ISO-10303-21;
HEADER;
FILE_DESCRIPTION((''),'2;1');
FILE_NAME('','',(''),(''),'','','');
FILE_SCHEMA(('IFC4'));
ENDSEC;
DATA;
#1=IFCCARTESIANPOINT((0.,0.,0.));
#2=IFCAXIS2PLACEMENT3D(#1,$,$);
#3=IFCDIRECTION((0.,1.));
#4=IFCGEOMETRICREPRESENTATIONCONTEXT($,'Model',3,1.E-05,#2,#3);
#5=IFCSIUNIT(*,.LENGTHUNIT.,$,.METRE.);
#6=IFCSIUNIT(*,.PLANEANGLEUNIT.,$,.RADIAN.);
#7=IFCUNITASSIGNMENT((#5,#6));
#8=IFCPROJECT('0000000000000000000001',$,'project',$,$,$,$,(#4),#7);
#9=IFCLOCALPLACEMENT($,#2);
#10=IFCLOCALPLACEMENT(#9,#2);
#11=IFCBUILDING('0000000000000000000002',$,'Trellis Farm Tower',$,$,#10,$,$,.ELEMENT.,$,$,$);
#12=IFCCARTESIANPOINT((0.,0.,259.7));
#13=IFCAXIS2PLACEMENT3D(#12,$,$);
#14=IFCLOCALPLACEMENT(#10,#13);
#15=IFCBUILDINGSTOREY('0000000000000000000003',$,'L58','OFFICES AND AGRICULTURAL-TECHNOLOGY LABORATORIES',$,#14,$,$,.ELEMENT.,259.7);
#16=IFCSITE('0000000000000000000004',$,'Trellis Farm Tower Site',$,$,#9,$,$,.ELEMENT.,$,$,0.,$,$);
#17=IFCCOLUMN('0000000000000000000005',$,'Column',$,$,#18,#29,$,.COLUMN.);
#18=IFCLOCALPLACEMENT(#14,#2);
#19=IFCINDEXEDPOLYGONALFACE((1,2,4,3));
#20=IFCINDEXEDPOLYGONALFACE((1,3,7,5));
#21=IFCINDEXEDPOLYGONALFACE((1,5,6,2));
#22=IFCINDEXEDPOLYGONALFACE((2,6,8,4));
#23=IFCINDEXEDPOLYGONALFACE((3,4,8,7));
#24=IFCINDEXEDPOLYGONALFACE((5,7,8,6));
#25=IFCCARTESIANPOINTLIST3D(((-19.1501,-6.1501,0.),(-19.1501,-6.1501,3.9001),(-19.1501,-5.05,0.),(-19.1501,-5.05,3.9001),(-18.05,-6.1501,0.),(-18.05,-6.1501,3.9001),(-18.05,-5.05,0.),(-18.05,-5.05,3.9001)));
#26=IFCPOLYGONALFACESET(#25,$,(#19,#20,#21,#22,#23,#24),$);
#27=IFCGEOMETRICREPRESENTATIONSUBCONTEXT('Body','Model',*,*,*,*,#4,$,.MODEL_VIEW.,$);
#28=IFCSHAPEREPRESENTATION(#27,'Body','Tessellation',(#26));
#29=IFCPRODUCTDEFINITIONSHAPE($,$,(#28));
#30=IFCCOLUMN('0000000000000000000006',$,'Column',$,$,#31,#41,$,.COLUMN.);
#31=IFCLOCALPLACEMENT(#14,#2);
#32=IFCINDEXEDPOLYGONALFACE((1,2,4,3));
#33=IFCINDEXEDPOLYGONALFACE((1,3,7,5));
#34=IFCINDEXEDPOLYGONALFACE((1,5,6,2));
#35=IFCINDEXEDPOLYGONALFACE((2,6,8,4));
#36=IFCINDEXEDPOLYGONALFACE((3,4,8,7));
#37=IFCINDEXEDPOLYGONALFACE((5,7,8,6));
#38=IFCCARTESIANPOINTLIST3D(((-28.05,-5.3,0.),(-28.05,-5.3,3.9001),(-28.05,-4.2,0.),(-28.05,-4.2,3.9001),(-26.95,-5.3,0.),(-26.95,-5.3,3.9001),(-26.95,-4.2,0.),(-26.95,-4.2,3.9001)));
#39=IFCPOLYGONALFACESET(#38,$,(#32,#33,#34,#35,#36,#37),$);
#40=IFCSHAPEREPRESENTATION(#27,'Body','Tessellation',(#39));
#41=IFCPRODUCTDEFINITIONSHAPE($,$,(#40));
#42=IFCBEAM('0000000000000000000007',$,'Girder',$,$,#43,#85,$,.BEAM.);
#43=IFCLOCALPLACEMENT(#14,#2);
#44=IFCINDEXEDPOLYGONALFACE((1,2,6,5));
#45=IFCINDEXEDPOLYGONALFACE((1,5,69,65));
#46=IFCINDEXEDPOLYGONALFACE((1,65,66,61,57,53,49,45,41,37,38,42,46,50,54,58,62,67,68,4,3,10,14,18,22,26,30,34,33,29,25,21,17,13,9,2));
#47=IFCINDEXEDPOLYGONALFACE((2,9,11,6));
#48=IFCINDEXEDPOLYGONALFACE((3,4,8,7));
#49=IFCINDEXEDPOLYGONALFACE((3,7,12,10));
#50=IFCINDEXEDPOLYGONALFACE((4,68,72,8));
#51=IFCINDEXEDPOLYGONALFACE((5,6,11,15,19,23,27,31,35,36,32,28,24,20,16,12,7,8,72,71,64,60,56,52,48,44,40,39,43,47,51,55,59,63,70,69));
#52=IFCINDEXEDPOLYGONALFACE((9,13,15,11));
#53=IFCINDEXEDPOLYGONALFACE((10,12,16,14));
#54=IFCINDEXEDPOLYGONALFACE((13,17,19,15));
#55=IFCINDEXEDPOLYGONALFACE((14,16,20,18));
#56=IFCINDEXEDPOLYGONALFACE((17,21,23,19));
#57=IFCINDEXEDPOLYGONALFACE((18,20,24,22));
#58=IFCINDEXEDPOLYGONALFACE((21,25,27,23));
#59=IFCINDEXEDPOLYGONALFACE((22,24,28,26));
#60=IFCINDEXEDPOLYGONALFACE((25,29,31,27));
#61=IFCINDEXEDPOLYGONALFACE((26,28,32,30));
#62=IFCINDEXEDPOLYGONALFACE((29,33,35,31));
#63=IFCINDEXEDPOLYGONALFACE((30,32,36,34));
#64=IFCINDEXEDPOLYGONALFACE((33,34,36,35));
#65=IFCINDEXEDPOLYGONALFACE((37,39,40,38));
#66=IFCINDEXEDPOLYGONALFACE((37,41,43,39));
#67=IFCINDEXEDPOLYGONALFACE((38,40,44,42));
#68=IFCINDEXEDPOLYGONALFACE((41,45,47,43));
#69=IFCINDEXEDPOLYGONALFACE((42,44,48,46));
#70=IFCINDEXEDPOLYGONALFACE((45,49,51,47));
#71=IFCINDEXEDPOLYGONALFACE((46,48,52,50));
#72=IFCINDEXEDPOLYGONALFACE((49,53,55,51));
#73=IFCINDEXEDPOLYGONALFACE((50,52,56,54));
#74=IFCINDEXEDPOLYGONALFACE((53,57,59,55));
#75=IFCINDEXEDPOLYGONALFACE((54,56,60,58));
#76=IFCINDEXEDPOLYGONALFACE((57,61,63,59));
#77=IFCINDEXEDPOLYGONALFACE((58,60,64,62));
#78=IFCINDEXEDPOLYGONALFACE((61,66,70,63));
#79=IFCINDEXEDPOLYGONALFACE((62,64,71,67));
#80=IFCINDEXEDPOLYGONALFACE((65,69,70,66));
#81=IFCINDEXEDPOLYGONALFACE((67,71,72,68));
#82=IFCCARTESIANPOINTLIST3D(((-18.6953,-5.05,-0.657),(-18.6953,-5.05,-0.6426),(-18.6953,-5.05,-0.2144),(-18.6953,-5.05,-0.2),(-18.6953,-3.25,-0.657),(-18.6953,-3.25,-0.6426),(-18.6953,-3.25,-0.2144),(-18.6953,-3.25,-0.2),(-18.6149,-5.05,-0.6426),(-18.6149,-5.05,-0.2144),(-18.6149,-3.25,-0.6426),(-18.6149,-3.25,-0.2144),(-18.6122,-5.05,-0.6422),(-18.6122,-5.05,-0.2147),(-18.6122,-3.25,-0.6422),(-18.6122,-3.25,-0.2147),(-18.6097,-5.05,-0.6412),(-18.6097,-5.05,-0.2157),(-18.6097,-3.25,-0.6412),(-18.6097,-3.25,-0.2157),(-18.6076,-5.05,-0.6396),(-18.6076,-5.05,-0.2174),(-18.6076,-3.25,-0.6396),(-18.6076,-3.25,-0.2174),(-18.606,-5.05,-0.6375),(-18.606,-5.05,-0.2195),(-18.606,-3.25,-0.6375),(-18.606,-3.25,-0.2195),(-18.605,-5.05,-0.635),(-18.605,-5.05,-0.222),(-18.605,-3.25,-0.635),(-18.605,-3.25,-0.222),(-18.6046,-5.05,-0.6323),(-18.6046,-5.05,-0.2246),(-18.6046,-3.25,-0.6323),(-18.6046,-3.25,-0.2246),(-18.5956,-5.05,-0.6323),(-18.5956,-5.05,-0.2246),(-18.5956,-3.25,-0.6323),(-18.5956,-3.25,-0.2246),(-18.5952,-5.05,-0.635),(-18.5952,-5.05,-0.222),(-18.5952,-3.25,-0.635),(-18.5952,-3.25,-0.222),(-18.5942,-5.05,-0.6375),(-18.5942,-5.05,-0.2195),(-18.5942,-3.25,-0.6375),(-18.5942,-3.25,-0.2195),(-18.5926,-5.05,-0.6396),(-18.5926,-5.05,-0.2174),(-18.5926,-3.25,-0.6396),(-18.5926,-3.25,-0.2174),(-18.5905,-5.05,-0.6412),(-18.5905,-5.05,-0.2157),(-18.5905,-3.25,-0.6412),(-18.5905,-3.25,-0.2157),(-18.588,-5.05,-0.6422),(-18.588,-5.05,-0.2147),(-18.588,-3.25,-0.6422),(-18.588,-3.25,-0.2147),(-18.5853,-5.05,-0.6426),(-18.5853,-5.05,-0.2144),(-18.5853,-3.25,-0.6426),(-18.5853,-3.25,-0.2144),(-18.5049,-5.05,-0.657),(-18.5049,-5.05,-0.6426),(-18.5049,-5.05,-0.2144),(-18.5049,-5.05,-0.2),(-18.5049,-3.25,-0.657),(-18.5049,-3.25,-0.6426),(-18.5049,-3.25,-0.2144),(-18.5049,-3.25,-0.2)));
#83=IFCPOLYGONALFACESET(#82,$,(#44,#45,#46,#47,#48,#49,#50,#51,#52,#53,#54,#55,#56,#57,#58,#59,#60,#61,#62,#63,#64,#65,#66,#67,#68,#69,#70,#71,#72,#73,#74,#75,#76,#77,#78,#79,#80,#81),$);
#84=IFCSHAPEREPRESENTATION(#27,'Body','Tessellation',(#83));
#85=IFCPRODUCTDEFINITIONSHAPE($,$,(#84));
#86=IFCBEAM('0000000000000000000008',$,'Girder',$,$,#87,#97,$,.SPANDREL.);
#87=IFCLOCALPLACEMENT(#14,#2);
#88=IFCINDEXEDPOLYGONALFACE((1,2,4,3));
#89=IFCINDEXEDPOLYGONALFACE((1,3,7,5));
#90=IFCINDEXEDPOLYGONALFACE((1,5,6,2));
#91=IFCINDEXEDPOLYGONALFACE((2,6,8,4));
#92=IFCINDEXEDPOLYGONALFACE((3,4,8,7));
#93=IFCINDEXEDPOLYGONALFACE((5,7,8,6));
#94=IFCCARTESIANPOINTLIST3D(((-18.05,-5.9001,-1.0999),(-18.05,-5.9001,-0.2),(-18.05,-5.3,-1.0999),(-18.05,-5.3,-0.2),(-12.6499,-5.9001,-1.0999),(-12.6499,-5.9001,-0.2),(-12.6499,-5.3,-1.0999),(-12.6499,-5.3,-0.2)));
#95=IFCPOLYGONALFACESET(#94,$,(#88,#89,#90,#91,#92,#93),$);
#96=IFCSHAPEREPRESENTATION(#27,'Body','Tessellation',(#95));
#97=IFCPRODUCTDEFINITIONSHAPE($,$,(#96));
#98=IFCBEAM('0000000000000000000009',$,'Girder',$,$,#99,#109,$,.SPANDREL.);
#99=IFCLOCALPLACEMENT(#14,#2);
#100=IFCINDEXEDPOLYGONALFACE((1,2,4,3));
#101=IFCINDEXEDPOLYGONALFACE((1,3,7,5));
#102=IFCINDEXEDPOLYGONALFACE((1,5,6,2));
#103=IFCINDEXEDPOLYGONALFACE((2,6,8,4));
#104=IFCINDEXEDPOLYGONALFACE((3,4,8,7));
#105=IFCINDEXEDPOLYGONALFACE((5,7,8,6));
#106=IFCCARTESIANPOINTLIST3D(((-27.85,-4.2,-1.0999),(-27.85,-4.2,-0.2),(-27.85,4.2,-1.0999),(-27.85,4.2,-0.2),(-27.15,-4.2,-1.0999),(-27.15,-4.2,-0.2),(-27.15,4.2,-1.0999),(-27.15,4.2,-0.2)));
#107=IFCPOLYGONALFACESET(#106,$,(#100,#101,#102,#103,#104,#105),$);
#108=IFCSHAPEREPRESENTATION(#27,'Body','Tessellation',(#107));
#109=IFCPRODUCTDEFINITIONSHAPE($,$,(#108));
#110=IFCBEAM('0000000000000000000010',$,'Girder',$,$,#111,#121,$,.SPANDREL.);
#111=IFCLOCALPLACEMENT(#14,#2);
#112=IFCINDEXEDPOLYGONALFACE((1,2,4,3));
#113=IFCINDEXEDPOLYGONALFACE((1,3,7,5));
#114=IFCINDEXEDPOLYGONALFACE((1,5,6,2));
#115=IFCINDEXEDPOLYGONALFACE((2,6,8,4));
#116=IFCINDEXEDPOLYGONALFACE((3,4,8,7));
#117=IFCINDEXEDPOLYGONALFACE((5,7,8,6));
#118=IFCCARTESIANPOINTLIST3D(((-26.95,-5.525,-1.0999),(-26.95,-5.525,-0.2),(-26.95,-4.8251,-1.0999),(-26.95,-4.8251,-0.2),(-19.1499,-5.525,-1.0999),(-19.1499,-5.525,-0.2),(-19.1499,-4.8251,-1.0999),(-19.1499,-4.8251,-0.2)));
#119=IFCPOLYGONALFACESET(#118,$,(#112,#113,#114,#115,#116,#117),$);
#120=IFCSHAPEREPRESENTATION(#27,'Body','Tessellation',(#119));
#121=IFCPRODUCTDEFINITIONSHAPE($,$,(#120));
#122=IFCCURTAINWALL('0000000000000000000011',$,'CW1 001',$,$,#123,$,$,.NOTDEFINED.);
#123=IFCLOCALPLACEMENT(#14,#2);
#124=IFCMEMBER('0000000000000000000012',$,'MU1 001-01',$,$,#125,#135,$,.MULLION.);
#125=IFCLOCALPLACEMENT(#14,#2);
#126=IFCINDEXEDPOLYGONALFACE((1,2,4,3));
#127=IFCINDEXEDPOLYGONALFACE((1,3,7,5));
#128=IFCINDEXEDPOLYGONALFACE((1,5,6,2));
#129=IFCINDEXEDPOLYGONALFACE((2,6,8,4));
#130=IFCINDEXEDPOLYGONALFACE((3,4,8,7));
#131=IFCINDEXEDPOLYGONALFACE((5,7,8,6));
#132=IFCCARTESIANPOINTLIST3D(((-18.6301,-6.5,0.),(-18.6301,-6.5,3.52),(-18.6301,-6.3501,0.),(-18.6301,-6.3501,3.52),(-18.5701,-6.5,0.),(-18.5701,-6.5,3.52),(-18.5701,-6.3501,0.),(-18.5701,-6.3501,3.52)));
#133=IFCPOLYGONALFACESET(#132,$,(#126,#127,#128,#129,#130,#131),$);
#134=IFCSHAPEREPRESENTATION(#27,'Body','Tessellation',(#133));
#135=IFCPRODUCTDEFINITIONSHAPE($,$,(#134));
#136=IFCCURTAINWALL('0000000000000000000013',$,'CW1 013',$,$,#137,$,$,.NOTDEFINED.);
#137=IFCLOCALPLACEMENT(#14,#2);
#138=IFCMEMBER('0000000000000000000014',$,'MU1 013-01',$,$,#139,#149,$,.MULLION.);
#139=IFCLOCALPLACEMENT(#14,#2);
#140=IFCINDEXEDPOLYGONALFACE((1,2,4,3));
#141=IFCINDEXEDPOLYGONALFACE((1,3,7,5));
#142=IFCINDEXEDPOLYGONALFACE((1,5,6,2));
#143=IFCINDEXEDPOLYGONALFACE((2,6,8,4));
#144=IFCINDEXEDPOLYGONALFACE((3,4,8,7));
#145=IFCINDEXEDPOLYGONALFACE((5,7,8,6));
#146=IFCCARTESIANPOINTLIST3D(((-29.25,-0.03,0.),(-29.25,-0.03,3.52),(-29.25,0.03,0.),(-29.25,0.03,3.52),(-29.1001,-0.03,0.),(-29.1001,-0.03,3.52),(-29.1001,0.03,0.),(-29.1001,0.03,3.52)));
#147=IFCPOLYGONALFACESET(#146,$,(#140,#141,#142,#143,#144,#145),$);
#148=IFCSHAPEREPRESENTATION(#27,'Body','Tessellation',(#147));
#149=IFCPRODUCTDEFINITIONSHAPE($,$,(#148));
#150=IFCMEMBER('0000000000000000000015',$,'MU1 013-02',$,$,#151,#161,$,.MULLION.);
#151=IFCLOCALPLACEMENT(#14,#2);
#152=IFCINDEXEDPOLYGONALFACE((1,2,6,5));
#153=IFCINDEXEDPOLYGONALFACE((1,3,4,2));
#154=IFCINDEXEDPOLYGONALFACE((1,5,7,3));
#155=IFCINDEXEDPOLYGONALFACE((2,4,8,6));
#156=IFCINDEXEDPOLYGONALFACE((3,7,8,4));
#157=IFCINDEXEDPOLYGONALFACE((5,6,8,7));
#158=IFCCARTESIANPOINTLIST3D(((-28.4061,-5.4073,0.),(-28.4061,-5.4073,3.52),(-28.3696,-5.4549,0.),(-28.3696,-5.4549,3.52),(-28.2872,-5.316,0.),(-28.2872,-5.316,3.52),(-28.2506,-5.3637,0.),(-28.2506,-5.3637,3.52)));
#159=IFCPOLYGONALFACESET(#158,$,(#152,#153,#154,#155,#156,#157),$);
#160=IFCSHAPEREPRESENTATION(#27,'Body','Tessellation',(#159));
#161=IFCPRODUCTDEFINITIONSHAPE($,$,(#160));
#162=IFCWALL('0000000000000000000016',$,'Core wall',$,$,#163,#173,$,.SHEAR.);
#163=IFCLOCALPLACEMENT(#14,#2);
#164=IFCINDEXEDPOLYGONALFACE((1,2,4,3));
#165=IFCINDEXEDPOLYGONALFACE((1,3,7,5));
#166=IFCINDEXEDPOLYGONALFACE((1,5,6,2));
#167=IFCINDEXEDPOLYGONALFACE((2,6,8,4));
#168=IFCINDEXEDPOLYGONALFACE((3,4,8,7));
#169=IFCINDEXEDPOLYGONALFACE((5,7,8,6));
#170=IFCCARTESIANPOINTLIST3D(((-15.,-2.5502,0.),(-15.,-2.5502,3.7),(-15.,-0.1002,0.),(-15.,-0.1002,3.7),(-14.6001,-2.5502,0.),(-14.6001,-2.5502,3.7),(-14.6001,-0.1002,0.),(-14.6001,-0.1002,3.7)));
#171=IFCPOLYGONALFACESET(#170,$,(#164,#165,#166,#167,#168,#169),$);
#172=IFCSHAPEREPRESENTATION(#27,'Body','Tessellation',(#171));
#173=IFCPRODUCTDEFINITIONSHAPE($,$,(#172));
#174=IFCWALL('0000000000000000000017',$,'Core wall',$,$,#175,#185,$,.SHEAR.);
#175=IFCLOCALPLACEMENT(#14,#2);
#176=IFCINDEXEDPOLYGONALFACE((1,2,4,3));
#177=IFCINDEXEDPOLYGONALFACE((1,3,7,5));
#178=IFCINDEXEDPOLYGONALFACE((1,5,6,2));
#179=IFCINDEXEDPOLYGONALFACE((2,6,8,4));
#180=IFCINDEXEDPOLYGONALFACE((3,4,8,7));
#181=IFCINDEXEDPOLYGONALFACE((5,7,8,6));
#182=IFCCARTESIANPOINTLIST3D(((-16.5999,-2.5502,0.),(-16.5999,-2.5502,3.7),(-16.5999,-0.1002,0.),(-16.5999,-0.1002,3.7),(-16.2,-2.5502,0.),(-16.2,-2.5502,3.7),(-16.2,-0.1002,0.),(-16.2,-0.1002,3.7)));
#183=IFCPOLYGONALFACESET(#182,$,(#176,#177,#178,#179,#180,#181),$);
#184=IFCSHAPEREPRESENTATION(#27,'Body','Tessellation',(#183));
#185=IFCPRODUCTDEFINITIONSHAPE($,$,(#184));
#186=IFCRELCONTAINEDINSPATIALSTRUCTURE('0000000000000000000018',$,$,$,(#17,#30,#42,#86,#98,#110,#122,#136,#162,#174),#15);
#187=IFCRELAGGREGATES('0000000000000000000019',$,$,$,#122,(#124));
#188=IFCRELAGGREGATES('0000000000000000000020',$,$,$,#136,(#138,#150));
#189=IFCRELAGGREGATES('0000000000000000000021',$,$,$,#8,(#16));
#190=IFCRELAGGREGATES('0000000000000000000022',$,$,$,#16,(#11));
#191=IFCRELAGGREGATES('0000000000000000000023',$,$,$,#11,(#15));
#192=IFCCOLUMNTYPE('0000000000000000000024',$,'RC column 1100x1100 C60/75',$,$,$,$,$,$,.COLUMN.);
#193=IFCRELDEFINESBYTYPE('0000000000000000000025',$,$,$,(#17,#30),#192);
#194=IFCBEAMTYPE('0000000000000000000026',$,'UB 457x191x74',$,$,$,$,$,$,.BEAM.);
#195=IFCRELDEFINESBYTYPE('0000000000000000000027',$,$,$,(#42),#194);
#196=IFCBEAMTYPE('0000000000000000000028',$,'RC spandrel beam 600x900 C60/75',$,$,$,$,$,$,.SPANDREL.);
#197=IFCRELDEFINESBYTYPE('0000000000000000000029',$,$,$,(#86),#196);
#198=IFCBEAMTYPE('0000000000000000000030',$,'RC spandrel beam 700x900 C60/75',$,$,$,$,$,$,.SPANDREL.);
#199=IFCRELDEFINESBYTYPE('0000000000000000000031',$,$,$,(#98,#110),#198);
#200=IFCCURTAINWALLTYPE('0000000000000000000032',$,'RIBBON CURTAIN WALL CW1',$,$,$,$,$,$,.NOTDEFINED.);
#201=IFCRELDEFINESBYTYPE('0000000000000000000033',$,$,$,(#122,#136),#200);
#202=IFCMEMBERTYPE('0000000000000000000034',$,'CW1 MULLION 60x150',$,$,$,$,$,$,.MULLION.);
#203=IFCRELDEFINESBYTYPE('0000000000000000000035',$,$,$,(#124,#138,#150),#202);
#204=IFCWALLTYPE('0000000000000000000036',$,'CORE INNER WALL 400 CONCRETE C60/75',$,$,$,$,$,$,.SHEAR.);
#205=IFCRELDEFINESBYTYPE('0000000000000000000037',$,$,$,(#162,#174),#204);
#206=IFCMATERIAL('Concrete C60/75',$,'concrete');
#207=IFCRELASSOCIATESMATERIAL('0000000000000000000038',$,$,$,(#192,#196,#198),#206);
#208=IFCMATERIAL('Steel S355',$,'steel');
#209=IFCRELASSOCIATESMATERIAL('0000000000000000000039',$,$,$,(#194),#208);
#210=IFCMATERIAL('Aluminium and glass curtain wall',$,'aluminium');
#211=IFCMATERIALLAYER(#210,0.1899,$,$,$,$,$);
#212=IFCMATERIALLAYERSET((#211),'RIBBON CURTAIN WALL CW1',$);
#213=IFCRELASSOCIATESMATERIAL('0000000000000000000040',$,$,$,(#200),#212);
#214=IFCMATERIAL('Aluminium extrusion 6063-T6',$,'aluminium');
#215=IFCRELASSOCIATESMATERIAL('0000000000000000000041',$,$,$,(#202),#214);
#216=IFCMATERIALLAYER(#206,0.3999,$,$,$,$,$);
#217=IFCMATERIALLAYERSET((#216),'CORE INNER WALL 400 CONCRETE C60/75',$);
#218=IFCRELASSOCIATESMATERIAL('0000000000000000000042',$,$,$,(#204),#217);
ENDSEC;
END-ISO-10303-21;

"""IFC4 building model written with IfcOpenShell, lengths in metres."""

from ifc_helpers import new_model, si_unit, direction, frame, frame_2d, origin, origin_2d, place, context, subcontext, project, spatial, rectangle, i_section, extrude, source, transform, mapped, material, layer, layer_set, material_profile, profile_set, type_object, element, aggregate, save


model = new_model("IFC4")

# Units and contexts
model_context = context("Model", 3, precision=1e-05, world=origin(), true_north=direction((0.0, 1.0)))
body_context = subcontext(model_context, "Body", "Model", "MODEL_VIEW")
ifc_project = project(units=[si_unit("LENGTHUNIT", "METRE"), si_unit("PLANEANGLEUNIT", "RADIAN")], contexts=[model_context])

# Site, building, storey
site_placement = place(None, origin())
site = spatial("IfcSite", under=ifc_project, at=site_placement, Name="Trellis Farm Tower Site", CompositionType="ELEMENT", RefElevation=0.0)
building_placement = place(site_placement, origin())
building = spatial("IfcBuilding", under=site, at=building_placement, Name="Trellis Farm Tower", CompositionType="ELEMENT")
storey_placement = place(building_placement, frame((0.0, 0.0, 259.7)))
storey = spatial("IfcBuildingStorey", under=building, at=storey_placement, Name="L58", Description="OFFICES AND AGRICULTURAL-TECHNOLOGY LABORATORIES", CompositionType="ELEMENT", Elevation=259.7)

# Columns
ifc_material_1 = material(Name="Concrete C60/75", Category="concrete")
ifc_material_profile_1 = material_profile(ifc_material_1, rectangle(XDim=1.1001, YDim=1.1001, at=origin_2d()), Name="RC column 1100x1100 C60/75")
ifc_profile_set_1 = profile_set([ifc_material_profile_1], Name="Concrete C60/75")
column_type = type_object("IfcColumnType", Name="RC column 1100x1100 C60/75", PredefinedType="COLUMN", material=ifc_profile_set_1)
shared_shape_1 = source(origin(), body_context, "Body", "SweptSolid", [
    extrude(rectangle(XDim=1.1001, YDim=1.1001, at=origin_2d()), origin(), (0.0, 0.0, 1.0), 3.9001),
])
for number, where, z_axis, x_axis, name in (
    (1, (-18.6001, -5.6001, 0.0), (0.0, 0.0, 1.0), (1.0, 0.0, 0.0), "Column"),
    (2, (-27.5, -4.75, 0.0), (0.0, 0.0, 1.0), (1.0, 0.0, 0.0), "Column"),
):
    element("IfcColumn", number, at=place(storey_placement, frame(where, z_axis=z_axis, x_axis=x_axis)), inside=storey, type_object=column_type, Name=name, PredefinedType="COLUMN", context=body_context, shape_type="MappedRepresentation", body=[
        mapped(shared_shape_1, transform((0.0, 0.0, 0.0))),
    ])

# Beams
ifc_material_2 = material(Name="Steel S355", Category="steel")
ifc_material_profile_2 = material_profile(ifc_material_2, i_section(OverallWidth=0.1904, OverallDepth=0.457, WebThickness=0.009, FlangeThickness=0.0144, FilletRadius=0.0103, at=origin_2d()), Name="UB 457x191x74")
ifc_profile_set_2 = profile_set([ifc_material_profile_2], Name="Steel S355")
beam_type_1 = type_object("IfcBeamType", Name="UB 457x191x74", PredefinedType="BEAM", material=ifc_profile_set_2)
shared_shape_2 = source(origin(), body_context, "Body", "SweptSolid", [
    extrude(i_section(OverallWidth=0.1904, OverallDepth=0.457, WebThickness=0.009, FlangeThickness=0.0144, FilletRadius=0.0103, at=origin_2d()), origin(), (0.0, 0.0, 1.0), 1.8),
])
beam_1_placement = place(storey_placement, frame((-18.6001, -5.05, -0.4285), z_axis=(0.0, 1.0, 0.0), x_axis=(-1.0, 0.0, 0.0)))
element("IfcBeam", 3, at=beam_1_placement, inside=storey, type_object=beam_type_1, Name="Girder", PredefinedType="BEAM", context=body_context, shape_type="MappedRepresentation", body=[
    mapped(shared_shape_2, transform((0.0, 0.0, 0.0))),
])
ifc_material_profile_3 = material_profile(ifc_material_1, rectangle(XDim=0.6001, YDim=0.8999, at=origin_2d()), Name="RC spandrel beam 600x900 C60/75")
ifc_profile_set_3 = profile_set([ifc_material_profile_3], Name="Concrete C60/75")
beam_type_2 = type_object("IfcBeamType", Name="RC spandrel beam 600x900 C60/75", PredefinedType="SPANDREL", material=ifc_profile_set_3)
shared_shape_3 = source(origin(), body_context, "Body", "SweptSolid", [
    extrude(rectangle(XDim=0.6001, YDim=0.8999, at=origin_2d()), origin(), (0.0, 0.0, 1.0), 5.4001),
])
beam_2_placement = place(storey_placement, frame((-18.05, -5.6001, -0.6499), z_axis=(1.0, 0.0, 0.0), x_axis=(0.0, 1.0, 0.0)))
element("IfcBeam", 4, at=beam_2_placement, inside=storey, type_object=beam_type_2, Name="Girder", PredefinedType="SPANDREL", context=body_context, shape_type="MappedRepresentation", body=[
    mapped(shared_shape_3, transform((0.0, 0.0, 0.0))),
])
ifc_material_profile_4 = material_profile(ifc_material_1, rectangle(XDim=0.7, YDim=0.8999, at=origin_2d()), Name="RC spandrel beam 700x900 C60/75")
ifc_profile_set_4 = profile_set([ifc_material_profile_4], Name="Concrete C60/75")
beam_type_3 = type_object("IfcBeamType", Name="RC spandrel beam 700x900 C60/75", PredefinedType="SPANDREL", material=ifc_profile_set_4)
shared_shape_4 = source(origin(), body_context, "Body", "SweptSolid", [
    extrude(rectangle(XDim=0.7, YDim=0.8999, at=origin_2d()), origin(), (0.0, 0.0, 1.0), 8.3999),
])
beam_3_placement = place(storey_placement, frame((-27.5, -4.2, -0.6499), z_axis=(0.0, 1.0, 0.0), x_axis=(-1.0, 0.0, 0.0)))
element("IfcBeam", 5, at=beam_3_placement, inside=storey, type_object=beam_type_3, Name="Girder", PredefinedType="SPANDREL", context=body_context, shape_type="MappedRepresentation", body=[
    mapped(shared_shape_4, transform((0.0, 0.0, 0.0))),
])
shared_shape_5 = source(origin(), body_context, "Body", "SweptSolid", [
    extrude(rectangle(XDim=0.7, YDim=0.8999, at=origin_2d()), origin(), (0.0, 0.0, 1.0), 7.8),
])
beam_4_placement = place(storey_placement, frame((-26.95, -5.175, -0.6499), z_axis=(1.0, 0.0, 0.0), x_axis=(0.0, 1.0, 0.0)))
element("IfcBeam", 6, at=beam_4_placement, inside=storey, type_object=beam_type_3, Name="Girder", PredefinedType="SPANDREL", context=body_context, shape_type="MappedRepresentation", body=[
    mapped(shared_shape_5, transform((0.0, 0.0, 0.0))),
])

# Curtain wall, member
ifc_material_3 = material(Name="Aluminium and glass curtain wall", Category="aluminium")
ifc_layer_1 = layer(ifc_material_3, 0.1899)
ifc_layer_set_1 = layer_set([ifc_layer_1], Name="RIBBON CURTAIN WALL CW1")
curtain_wall_type = type_object("IfcCurtainWallType", Name="RIBBON CURTAIN WALL CW1", PredefinedType="NOTDEFINED", material=ifc_layer_set_1)
placement = place(storey_placement, origin())
curtain_wall_1 = element("IfcCurtainWall", 7, at=placement, inside=storey, type_object=curtain_wall_type, Name="CW1 001", PredefinedType="NOTDEFINED")
ifc_material_4 = material(Name="Aluminium extrusion 6063-T6", Category="aluminium")
ifc_material_profile_5 = material_profile(ifc_material_4, rectangle(XDim=0.0601, YDim=0.1499, at=origin_2d()), Name="MULLION 60x150")
ifc_profile_set_5 = profile_set([ifc_material_profile_5], Name="Aluminium extrusion 6063-T6")
member_type = type_object("IfcMemberType", Name="CW1 MULLION 60x150", PredefinedType="MULLION", material=ifc_profile_set_5)
shared_shape_6 = source(origin(), body_context, "Body", "SweptSolid", [
    extrude(rectangle(XDim=0.0601, YDim=0.1499, at=origin_2d()), origin(), (0.0, 0.0, 1.0), 3.52),
])
member_1_placement = place(storey_placement, frame((-18.6001, -6.425, 0.0), z_axis=(0.0, 0.0, 1.0), x_axis=(1.0, 0.0, 0.0)))
member_1 = element("IfcMember", 8, at=member_1_placement, type_object=member_type, Name="MU1 001-01", PredefinedType="MULLION", context=body_context, shape_type="MappedRepresentation", body=[
    mapped(shared_shape_6, transform((0.0, 0.0, 0.0))),
])
aggregate(curtain_wall_1, [member_1])

# Curtain wall, members
curtain_wall_2 = element("IfcCurtainWall", 9, at=placement, inside=storey, type_object=curtain_wall_type, Name="CW1 013", PredefinedType="NOTDEFINED")
member_2_placement = place(storey_placement, frame((-29.175, 0.0, 0.0), z_axis=(0.0, 0.0, 1.0), x_axis=(0.0, -1.0, 0.0)))
member_2 = element("IfcMember", 10, at=member_2_placement, type_object=member_type, Name="MU1 013-01", PredefinedType="MULLION", context=body_context, shape_type="MappedRepresentation", body=[
    mapped(shared_shape_6, transform((0.0, 0.0, 0.0))),
])
member_3_placement = place(storey_placement, frame((-28.3284, -5.3855, 0.0), z_axis=(0.0, 0.0, 1.0), x_axis=(0.608761, -0.793353, 0.0)))
member_3 = element("IfcMember", 11, at=member_3_placement, type_object=member_type, Name="MU1 013-02", PredefinedType="MULLION", context=body_context, shape_type="MappedRepresentation", body=[
    mapped(shared_shape_6, transform((0.0, 0.0, 0.0))),
])
aggregate(curtain_wall_2, [member_2, member_3])

# Walls
ifc_layer_2 = layer(ifc_material_1, 0.3999)
ifc_layer_set_2 = layer_set([ifc_layer_2], Name="CORE INNER WALL 400 CONCRETE C60/75")
wall_type_1 = type_object("IfcWallType", Name="CORE INNER WALL 400 CONCRETE C60/75", PredefinedType="SHEAR", material=ifc_layer_set_2)
shared_shape_7 = source(origin(), body_context, "Body", "SweptSolid", [
    extrude(rectangle(XDim=2.45, YDim=0.3999, at=frame_2d((1.2251, 0.0))), origin(), (0.0, 0.0, 1.0), 3.7),
])
for number, where, z_axis, x_axis, name in (
    (12, (-14.8, -0.1001, 0.0), (0.0, 0.0, 1.0), (0.0, -1.0, 0.0), "Core wall"),
    (13, (-16.3999, -0.1001, 0.0), (0.0, 0.0, 1.0), (0.0, -1.0, 0.0), "Core wall"),
):
    element("IfcWall", number, at=place(storey_placement, frame(where, z_axis=z_axis, x_axis=x_axis)), inside=storey, type_object=wall_type_1, Name=name, PredefinedType="SHEAR", context=body_context, shape_type="MappedRepresentation", body=[
        mapped(shared_shape_7, transform((0.0, 0.0, 0.0))),
    ])

save(model, "model.ifc")
